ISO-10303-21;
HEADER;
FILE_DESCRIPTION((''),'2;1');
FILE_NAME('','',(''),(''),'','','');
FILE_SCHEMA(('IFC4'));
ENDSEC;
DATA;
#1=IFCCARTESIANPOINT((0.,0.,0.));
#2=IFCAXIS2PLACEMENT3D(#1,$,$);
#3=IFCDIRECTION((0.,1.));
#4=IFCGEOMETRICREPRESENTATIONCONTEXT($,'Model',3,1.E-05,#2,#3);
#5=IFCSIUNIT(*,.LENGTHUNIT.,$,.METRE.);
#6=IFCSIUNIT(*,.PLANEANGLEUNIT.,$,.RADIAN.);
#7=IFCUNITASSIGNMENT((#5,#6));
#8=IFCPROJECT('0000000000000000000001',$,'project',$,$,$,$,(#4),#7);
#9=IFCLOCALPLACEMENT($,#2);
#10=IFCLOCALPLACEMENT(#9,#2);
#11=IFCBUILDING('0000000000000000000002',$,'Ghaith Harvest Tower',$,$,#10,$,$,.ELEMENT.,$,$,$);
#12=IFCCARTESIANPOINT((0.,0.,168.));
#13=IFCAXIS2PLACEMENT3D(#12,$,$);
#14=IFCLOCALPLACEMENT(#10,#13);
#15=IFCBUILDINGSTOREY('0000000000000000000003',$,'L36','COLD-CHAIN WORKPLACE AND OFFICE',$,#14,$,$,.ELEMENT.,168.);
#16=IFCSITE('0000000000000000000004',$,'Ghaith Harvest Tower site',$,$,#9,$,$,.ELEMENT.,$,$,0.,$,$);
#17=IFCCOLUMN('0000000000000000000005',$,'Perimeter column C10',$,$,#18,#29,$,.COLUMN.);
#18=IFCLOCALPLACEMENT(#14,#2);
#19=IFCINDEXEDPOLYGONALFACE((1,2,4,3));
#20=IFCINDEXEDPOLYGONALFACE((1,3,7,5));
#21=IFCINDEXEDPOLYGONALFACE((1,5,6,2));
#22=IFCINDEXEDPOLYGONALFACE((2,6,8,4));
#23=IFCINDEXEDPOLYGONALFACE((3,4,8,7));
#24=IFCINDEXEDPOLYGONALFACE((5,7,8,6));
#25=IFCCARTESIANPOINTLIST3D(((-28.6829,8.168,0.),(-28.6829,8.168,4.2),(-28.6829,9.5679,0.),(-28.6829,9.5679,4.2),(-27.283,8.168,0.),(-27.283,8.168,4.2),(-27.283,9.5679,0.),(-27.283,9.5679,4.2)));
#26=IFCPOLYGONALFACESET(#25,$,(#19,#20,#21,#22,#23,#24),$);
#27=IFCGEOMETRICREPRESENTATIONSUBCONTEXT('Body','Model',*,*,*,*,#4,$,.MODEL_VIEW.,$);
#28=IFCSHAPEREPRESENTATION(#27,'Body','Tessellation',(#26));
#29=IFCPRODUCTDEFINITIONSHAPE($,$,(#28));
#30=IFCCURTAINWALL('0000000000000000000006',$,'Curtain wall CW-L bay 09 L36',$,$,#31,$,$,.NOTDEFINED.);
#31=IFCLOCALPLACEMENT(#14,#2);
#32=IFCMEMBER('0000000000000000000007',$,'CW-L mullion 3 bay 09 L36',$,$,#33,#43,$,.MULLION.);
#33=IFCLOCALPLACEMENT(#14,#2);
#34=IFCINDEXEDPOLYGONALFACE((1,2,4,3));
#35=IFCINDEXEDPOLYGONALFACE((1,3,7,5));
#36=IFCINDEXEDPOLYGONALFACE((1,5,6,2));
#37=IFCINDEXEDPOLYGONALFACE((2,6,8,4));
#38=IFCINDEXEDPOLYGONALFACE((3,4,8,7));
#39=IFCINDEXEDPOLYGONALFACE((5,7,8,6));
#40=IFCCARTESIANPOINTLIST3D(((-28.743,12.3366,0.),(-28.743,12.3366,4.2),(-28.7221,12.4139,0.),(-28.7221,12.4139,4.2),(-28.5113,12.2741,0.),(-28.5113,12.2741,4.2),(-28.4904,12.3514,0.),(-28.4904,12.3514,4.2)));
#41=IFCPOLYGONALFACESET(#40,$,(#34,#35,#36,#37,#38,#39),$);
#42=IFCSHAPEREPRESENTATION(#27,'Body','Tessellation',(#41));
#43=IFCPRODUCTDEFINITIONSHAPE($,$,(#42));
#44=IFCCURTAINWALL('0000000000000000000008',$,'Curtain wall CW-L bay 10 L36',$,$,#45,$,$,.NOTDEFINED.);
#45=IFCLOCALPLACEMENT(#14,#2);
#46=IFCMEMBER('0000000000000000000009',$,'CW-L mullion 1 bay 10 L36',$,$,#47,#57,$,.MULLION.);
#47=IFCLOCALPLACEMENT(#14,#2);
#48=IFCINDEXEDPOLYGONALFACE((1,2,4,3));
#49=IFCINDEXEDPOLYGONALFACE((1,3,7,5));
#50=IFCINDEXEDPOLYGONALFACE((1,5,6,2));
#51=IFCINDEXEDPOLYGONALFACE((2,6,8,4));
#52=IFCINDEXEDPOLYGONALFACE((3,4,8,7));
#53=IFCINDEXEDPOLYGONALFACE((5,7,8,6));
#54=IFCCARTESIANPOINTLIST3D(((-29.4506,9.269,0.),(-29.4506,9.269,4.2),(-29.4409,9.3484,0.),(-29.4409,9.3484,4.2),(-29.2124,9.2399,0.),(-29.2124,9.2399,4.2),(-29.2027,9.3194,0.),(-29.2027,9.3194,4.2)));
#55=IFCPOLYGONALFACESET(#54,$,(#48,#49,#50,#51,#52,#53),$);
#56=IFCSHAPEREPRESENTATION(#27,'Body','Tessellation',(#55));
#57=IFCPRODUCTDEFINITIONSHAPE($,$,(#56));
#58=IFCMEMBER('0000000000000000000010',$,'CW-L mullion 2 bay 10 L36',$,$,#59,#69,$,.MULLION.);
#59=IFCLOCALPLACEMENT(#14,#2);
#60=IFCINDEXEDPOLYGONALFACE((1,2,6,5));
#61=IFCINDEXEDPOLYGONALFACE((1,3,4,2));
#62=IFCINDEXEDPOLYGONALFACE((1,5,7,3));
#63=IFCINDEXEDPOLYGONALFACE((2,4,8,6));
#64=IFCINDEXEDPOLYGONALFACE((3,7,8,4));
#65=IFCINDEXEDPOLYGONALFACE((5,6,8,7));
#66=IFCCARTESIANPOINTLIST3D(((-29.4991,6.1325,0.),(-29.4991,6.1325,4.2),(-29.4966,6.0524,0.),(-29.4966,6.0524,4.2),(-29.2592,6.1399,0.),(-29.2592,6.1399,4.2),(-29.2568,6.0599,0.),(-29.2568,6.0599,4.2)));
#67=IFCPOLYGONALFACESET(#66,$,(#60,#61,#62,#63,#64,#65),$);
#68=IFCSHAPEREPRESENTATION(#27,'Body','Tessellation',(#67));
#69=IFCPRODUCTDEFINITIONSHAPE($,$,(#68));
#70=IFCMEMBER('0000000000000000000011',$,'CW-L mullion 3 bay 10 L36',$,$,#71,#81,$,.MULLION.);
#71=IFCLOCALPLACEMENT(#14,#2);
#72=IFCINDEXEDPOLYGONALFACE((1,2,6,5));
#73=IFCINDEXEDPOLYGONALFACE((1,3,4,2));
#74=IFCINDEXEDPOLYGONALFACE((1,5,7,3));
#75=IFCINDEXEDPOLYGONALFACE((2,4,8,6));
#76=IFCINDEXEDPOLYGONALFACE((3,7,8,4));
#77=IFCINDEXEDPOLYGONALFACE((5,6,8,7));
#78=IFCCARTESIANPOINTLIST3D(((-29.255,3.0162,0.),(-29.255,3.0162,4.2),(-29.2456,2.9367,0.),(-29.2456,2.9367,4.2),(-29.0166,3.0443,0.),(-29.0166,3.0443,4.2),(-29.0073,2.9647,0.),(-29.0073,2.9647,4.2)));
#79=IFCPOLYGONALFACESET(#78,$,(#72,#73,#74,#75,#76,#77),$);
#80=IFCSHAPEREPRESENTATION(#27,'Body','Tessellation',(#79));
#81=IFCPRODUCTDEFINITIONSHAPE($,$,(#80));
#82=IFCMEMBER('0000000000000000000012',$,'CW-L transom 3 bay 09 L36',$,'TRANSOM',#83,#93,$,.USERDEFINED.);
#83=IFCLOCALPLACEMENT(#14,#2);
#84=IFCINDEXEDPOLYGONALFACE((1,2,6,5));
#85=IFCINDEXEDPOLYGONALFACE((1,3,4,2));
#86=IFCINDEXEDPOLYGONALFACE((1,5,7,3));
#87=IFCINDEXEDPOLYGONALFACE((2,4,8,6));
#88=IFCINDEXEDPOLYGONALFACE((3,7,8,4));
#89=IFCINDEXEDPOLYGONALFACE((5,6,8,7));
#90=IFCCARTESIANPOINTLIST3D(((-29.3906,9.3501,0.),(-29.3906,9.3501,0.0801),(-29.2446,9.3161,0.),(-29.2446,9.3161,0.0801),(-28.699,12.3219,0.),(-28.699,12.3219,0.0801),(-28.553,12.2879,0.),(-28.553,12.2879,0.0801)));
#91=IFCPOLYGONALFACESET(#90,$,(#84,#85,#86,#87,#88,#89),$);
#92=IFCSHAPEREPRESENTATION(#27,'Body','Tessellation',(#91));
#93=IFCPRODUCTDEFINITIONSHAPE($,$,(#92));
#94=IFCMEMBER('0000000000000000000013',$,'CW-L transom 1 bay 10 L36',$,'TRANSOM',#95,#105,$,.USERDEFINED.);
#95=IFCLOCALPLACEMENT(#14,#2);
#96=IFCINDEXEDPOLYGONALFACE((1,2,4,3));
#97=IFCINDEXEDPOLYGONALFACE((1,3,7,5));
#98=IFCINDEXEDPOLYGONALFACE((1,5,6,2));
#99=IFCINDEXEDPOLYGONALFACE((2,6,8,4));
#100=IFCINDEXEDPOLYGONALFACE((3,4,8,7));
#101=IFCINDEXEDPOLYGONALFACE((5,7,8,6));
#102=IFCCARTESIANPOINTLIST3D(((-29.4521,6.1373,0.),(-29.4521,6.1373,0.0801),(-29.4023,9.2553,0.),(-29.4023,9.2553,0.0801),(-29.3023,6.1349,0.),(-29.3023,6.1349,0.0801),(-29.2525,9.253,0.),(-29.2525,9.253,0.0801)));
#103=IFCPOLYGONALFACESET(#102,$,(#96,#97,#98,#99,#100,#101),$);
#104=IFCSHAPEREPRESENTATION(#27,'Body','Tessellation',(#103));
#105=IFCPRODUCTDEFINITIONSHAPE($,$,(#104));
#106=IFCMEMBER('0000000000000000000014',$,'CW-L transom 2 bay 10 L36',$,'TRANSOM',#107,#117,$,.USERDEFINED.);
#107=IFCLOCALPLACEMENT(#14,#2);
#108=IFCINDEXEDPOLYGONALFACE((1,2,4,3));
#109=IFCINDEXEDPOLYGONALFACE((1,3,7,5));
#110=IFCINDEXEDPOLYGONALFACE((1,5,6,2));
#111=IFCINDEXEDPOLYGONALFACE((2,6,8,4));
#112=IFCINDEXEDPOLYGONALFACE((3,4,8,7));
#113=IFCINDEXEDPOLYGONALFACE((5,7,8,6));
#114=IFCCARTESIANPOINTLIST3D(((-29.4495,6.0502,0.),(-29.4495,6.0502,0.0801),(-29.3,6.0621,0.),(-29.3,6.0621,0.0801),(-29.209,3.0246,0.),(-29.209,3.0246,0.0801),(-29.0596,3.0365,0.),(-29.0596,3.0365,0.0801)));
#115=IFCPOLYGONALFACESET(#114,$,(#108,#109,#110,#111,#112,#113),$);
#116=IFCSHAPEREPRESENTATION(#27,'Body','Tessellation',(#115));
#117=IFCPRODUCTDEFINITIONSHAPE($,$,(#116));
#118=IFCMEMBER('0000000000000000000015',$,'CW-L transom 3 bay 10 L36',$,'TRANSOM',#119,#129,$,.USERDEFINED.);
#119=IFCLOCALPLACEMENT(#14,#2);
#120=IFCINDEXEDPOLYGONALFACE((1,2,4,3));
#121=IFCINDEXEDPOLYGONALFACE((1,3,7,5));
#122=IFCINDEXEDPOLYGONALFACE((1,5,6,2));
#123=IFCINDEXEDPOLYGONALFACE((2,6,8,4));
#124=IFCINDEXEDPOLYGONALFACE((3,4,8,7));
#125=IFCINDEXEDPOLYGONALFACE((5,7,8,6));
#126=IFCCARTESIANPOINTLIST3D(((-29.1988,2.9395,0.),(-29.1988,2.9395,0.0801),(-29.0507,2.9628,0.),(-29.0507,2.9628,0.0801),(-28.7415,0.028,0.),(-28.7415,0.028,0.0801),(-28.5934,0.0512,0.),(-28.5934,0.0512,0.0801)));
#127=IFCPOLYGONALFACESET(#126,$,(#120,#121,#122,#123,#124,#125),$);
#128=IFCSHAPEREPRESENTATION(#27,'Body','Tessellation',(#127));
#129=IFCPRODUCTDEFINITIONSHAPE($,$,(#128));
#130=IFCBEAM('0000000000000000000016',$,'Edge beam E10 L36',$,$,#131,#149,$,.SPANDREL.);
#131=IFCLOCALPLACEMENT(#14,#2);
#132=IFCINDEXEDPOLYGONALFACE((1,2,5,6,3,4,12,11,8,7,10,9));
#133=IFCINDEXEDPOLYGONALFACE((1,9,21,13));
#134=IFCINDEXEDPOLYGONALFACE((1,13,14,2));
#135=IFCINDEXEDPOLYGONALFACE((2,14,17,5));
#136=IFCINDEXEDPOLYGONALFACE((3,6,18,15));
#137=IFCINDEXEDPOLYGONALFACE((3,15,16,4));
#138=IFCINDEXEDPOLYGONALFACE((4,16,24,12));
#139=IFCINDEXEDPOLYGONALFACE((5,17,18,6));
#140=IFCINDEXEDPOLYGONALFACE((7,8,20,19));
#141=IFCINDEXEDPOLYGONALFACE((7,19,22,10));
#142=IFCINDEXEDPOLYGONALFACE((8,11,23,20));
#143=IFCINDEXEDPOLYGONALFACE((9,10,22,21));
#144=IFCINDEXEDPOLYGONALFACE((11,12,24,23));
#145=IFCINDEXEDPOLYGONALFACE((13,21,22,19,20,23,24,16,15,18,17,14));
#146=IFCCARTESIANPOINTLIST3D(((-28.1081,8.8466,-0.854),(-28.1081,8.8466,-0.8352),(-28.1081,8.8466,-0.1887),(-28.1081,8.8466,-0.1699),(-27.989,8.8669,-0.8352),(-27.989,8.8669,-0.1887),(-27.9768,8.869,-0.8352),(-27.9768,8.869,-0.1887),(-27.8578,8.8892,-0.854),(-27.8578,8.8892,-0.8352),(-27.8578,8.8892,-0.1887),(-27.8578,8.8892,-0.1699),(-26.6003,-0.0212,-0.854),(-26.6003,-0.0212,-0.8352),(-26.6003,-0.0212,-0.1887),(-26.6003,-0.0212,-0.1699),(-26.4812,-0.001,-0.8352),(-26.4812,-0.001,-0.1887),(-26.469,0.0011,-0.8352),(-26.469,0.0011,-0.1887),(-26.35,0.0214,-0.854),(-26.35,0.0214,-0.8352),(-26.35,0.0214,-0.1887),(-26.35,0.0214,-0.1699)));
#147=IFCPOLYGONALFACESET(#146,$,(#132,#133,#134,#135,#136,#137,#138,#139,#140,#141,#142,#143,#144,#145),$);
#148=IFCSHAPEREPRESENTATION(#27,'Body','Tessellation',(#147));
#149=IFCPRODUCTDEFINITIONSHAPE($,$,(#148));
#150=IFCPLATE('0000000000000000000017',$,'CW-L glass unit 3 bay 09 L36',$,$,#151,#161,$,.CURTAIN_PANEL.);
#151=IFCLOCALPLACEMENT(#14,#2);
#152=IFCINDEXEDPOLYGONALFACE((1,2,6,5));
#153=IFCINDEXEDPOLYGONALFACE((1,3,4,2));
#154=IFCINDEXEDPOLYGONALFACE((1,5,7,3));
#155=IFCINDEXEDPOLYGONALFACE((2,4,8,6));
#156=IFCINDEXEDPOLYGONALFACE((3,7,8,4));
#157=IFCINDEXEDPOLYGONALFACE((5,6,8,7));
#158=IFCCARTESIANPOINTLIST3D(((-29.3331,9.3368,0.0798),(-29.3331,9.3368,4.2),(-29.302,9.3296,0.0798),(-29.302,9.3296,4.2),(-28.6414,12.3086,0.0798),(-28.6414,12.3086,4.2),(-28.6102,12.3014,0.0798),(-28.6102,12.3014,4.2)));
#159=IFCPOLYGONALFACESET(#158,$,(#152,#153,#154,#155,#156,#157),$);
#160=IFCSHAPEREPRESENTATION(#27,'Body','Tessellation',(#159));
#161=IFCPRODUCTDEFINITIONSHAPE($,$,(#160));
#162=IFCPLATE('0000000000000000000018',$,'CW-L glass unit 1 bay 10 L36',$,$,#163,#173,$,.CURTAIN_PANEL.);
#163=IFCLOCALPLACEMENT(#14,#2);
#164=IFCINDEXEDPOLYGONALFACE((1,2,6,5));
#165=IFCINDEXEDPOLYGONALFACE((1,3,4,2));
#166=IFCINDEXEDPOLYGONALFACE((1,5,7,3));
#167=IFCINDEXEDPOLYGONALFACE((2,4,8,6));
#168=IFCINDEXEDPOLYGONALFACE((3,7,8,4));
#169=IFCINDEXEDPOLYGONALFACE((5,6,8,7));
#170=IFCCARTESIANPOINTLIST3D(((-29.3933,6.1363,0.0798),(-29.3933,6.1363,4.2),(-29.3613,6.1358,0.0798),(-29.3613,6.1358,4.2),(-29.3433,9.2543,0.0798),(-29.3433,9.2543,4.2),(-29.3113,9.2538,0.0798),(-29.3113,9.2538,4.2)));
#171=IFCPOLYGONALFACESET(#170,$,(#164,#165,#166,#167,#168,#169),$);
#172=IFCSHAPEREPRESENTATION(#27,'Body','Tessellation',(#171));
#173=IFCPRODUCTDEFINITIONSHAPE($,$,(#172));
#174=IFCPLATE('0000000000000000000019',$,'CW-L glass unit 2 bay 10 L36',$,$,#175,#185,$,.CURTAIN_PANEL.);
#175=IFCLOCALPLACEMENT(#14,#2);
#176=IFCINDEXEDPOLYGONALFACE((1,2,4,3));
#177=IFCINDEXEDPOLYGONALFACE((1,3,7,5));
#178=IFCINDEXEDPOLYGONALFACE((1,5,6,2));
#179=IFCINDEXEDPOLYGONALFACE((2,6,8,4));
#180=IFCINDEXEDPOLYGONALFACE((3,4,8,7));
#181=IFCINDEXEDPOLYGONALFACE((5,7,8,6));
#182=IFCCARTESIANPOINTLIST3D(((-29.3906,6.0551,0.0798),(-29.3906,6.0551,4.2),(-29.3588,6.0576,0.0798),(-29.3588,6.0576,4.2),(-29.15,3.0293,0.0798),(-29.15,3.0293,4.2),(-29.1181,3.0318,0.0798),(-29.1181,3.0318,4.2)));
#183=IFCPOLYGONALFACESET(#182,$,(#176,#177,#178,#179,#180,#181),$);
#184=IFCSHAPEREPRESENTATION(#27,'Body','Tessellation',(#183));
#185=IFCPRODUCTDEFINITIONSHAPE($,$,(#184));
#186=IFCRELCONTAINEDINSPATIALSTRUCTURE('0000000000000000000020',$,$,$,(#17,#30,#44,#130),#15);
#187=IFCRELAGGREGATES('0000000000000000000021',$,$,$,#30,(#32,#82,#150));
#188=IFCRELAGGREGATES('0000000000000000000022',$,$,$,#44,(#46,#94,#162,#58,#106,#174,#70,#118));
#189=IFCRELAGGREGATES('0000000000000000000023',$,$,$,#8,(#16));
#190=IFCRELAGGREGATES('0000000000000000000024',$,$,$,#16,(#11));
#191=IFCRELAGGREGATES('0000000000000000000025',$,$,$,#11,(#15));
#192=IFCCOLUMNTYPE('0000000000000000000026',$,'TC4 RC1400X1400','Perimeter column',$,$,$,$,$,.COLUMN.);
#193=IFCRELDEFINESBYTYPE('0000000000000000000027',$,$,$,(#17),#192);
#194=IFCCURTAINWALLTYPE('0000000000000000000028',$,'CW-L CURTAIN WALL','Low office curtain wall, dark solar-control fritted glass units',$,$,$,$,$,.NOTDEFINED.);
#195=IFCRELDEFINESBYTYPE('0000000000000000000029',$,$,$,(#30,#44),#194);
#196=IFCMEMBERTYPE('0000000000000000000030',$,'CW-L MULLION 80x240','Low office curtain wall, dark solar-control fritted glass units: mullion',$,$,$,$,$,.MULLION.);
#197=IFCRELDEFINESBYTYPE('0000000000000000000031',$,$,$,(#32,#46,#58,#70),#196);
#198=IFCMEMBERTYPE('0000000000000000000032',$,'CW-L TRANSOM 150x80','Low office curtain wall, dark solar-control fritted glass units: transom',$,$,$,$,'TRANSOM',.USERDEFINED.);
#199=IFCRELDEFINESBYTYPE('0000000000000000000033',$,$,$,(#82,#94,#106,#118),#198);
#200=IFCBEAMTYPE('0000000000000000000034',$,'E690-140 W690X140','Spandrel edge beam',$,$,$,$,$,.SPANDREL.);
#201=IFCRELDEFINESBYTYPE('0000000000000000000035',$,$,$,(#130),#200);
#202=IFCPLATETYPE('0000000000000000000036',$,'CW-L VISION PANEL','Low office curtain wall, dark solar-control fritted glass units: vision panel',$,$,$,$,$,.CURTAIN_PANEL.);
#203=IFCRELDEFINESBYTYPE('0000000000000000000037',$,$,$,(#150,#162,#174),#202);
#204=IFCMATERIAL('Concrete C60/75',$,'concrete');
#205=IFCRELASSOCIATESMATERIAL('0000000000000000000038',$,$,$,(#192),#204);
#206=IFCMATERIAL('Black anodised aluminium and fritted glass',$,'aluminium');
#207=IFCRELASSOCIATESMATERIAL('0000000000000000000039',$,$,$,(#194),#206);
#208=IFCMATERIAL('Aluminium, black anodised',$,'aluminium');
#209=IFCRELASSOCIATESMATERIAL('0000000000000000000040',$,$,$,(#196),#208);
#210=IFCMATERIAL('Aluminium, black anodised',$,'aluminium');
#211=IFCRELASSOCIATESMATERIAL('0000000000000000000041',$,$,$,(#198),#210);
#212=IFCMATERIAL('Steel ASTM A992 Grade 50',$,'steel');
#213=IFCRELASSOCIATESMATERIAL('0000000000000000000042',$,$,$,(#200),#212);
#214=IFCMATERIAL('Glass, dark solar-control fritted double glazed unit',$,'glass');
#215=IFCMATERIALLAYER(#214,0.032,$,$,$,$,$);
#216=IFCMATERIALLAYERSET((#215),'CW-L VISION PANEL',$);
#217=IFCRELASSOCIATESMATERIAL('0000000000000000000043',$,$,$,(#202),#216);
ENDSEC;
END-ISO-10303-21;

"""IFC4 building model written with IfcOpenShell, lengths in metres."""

from ifc_helpers import new_model, si_unit, direction, frame, origin, origin_2d, place, context, subcontext, project, spatial, rectangle, i_section, extrude, material, layer, layer_set, material_profile, profile_set, type_object, element, aggregate, save


model = new_model("IFC4")

# Units and contexts
model_context = context("Model", 3, precision=1e-05, world=origin(), true_north=direction((0.0, 1.0)))
body_context = subcontext(model_context, "Body", "Model", "MODEL_VIEW")
ifc_project = project(units=[si_unit("LENGTHUNIT", "METRE"), si_unit("PLANEANGLEUNIT", "RADIAN")], contexts=[model_context])

# Site, building, storey
site_placement = place(None, origin())
site = spatial("IfcSite", under=ifc_project, at=site_placement, Name="Ghaith Harvest Tower site", CompositionType="ELEMENT", RefElevation=0.0)
building_placement = place(site_placement, origin())
building = spatial("IfcBuilding", under=site, at=building_placement, Name="Ghaith Harvest Tower", CompositionType="ELEMENT")
storey_placement = place(building_placement, frame((0.0, 0.0, 168.0)))
storey = spatial("IfcBuildingStorey", under=building, at=storey_placement, Name="L36", Description="COLD-CHAIN WORKPLACE AND OFFICE", CompositionType="ELEMENT", Elevation=168.0)

# Column
ifc_material_1 = material(Name="Concrete C60/75", Category="concrete")
ifc_material_profile_1 = material_profile(ifc_material_1, rectangle(XDim=1.3999, YDim=1.3999, at=origin_2d()), Name="RC1400X1400")
ifc_profile_set_1 = profile_set([ifc_material_profile_1], Name="Concrete C60/75")
column_type = type_object("IfcColumnType", Name="TC4 RC1400X1400", Description="Perimeter column", PredefinedType="COLUMN", material=ifc_profile_set_1)
column_placement = place(storey_placement, frame((-27.9829, 8.8679, 0.0), z_axis=(0.0, 0.0, 1.0), x_axis=(1.0, 0.0, 0.0)))
element("IfcColumn", 1, at=column_placement, inside=storey, type_object=column_type, Name="Perimeter column C10", PredefinedType="COLUMN", context=body_context, shape_type="SweptSolid", body=[
    extrude(rectangle(XDim=1.3999, YDim=1.3999, at=origin_2d()), origin(), (0.0, 0.0, 1.0), 4.2),
])

# Curtain wall, member
ifc_material_2 = material(Name="Black anodised aluminium and fritted glass", Category="aluminium")
curtain_wall_type = type_object("IfcCurtainWallType", Name="CW-L CURTAIN WALL", Description="Low office curtain wall, dark solar-control fritted glass units", PredefinedType="NOTDEFINED", material=ifc_material_2)
curtain_wall_1_placement = place(storey_placement, origin())
curtain_wall_1 = element("IfcCurtainWall", 2, at=curtain_wall_1_placement, inside=storey, type_object=curtain_wall_type, Name="Curtain wall CW-L bay 09 L36", PredefinedType="NOTDEFINED")
ifc_material_3 = material(Name="Aluminium, black anodised", Category="aluminium")
ifc_material_profile_2 = material_profile(ifc_material_3, rectangle(XDim=0.0801, YDim=0.24, at=origin_2d()), Name="CW-L MULLION 80x240")
ifc_profile_set_2 = profile_set([ifc_material_profile_2], Name="Aluminium, black anodised")
member_type_1 = type_object("IfcMemberType", Name="CW-L MULLION 80x240", Description="Low office curtain wall, dark solar-control fritted glass units: mullion", PredefinedType="MULLION", material=ifc_profile_set_2)
member_1_placement = place(storey_placement, frame((-28.6167, 12.344, 0.0), z_axis=(0.0, 0.0, 1.0), x_axis=(-0.260727, -0.965412, 0.0)))
member_1 = element("IfcMember", 3, at=member_1_placement, type_object=member_type_1, Name="CW-L mullion 3 bay 09 L36", PredefinedType="MULLION", context=body_context, shape_type="SweptSolid", body=[
    extrude(rectangle(XDim=0.0801, YDim=0.24, at=origin_2d()), origin(), (0.0, 0.0, 1.0), 4.2),
])

# Curtain wall, members
curtain_wall_2_placement = place(storey_placement, origin())
curtain_wall_2 = element("IfcCurtainWall", 4, at=curtain_wall_2_placement, inside=storey, type_object=curtain_wall_type, Name="Curtain wall CW-L bay 10 L36", PredefinedType="NOTDEFINED")
member_2_placement = place(storey_placement, frame((-29.3267, 9.2942, 0.0), z_axis=(0.0, 0.0, 1.0), x_axis=(-0.120932, -0.992661, 0.0)))
member_2 = element("IfcMember", 5, at=member_2_placement, type_object=member_type_1, Name="CW-L mullion 1 bay 10 L36", PredefinedType="MULLION", context=body_context, shape_type="SweptSolid", body=[
    extrude(rectangle(XDim=0.0801, YDim=0.24, at=origin_2d()), origin(), (0.0, 0.0, 1.0), 4.2),
])
member_3_placement = place(storey_placement, frame((-29.3779, 6.0962, 0.0), z_axis=(0.0, 0.0, 1.0), x_axis=(0.031028, -0.999519, 0.0)))
member_3 = element("IfcMember", 6, at=member_3_placement, type_object=member_type_1, Name="CW-L mullion 2 bay 10 L36", PredefinedType="MULLION", context=body_context, shape_type="SweptSolid", body=[
    extrude(rectangle(XDim=0.0801, YDim=0.24, at=origin_2d()), origin(), (0.0, 0.0, 1.0), 4.2),
])
member_4_placement = place(storey_placement, frame((-29.1311, 2.9905, 0.0), z_axis=(0.0, 0.0, 1.0), x_axis=(0.116764, -0.99316, 0.0)))
member_4 = element("IfcMember", 7, at=member_4_placement, type_object=member_type_1, Name="CW-L mullion 3 bay 10 L36", PredefinedType="MULLION", context=body_context, shape_type="SweptSolid", body=[
    extrude(rectangle(XDim=0.0801, YDim=0.24, at=origin_2d()), origin(), (0.0, 0.0, 1.0), 4.2),
])

# Members
ifc_material_4 = material(Name="Aluminium, black anodised", Category="aluminium")
ifc_material_profile_3 = material_profile(ifc_material_4, rectangle(XDim=0.1499, YDim=0.0801, at=origin_2d()), Name="CW-L TRANSOM 150x80")
ifc_profile_set_3 = profile_set([ifc_material_profile_3], Name="Aluminium, black anodised")
member_type_2 = type_object("IfcMemberType", Name="CW-L TRANSOM 150x80", Description="Low office curtain wall, dark solar-control fritted glass units: transom", ElementType="TRANSOM", PredefinedType="USERDEFINED", material=ifc_profile_set_3)
member_5_placement = place(storey_placement, frame((-28.626, 12.3049, 0.04), z_axis=(-0.226671, -0.973971, 0.0), x_axis=(0.973971, -0.226671, 0.0)))
member_5 = element("IfcMember", 8, at=member_5_placement, type_object=member_type_2, Name="CW-L transom 3 bay 09 L36", ObjectType="TRANSOM", PredefinedType="USERDEFINED", context=body_context, shape_type="SweptSolid", body=[
    extrude(rectangle(XDim=0.1499, YDim=0.0801, at=origin_2d()), origin(), (0.0, 0.0, 1.0), 3.0513),
])
member_6_placement = place(storey_placement, frame((-29.3274, 9.2542, 0.04), z_axis=(-0.015972, -0.999872, 0.0), x_axis=(0.999872, -0.015972, 0.0)))
member_6 = element("IfcMember", 9, at=member_6_placement, type_object=member_type_2, Name="CW-L transom 1 bay 10 L36", ObjectType="TRANSOM", PredefinedType="USERDEFINED", context=body_context, shape_type="SweptSolid", body=[
    extrude(rectangle(XDim=0.1499, YDim=0.0801, at=origin_2d()), origin(), (0.0, 0.0, 1.0), 3.1184),
])
member_7_placement = place(storey_placement, frame((-29.3748, 6.0562, 0.04), z_axis=(0.07923, -0.996856, 0.0), x_axis=(0.996856, 0.07923, 0.0)))
member_7 = element("IfcMember", 10, at=member_7_placement, type_object=member_type_2, Name="CW-L transom 2 bay 10 L36", ObjectType="TRANSOM", PredefinedType="USERDEFINED", context=body_context, shape_type="SweptSolid", body=[
    extrude(rectangle(XDim=0.1499, YDim=0.0801, at=origin_2d()), origin(), (0.0, 0.0, 1.0), 3.0352),
])
member_8_placement = place(storey_placement, frame((-29.1248, 2.9512, 0.04), z_axis=(0.15515, -0.987891, 0.0), x_axis=(0.987891, 0.15515, 0.0)))
member_8 = element("IfcMember", 11, at=member_8_placement, type_object=member_type_2, Name="CW-L transom 3 bay 10 L36", ObjectType="TRANSOM", PredefinedType="USERDEFINED", context=body_context, shape_type="SweptSolid", body=[
    extrude(rectangle(XDim=0.1499, YDim=0.0801, at=origin_2d()), origin(), (0.0, 0.0, 1.0), 2.9473),
])

# Beam
ifc_material_5 = material(Name="Steel ASTM A992 Grade 50", Category="steel")
ifc_material_profile_4 = material_profile(ifc_material_5, i_section(OverallWidth=0.2539, OverallDepth=0.6841, WebThickness=0.0125, FlangeThickness=0.0188, at=origin_2d()), Name="W690X140")
ifc_profile_set_4 = profile_set([ifc_material_profile_4], Name="Steel ASTM A992 Grade 50")
beam_type = type_object("IfcBeamType", Name="E690-140 W690X140", Description="Spandrel edge beam", PredefinedType="SPANDREL", material=ifc_profile_set_4)
beam_placement = place(storey_placement, frame((-27.9829, 8.8679, -0.512), z_axis=(0.167624, -0.985851, 0.0), x_axis=(0.985851, 0.167624, 0.0)))
element("IfcBeam", 12, at=beam_placement, inside=storey, type_object=beam_type, Name="Edge beam E10 L36", PredefinedType="SPANDREL", context=body_context, shape_type="SweptSolid", body=[
    extrude(i_section(OverallWidth=0.2539, OverallDepth=0.6841, WebThickness=0.0125, FlangeThickness=0.0188, at=origin_2d()), origin(), (0.0, 0.0, 1.0), 8.9951),
])

# Plates
ifc_material_6 = material(Name="Glass, dark solar-control fritted double glazed unit", Category="glass")
ifc_layer_1 = layer(ifc_material_6, 0.032)
ifc_layer_set_1 = layer_set([ifc_layer_1], Name="CW-L VISION PANEL")
plate_type_1 = type_object("IfcPlateType", Name="CW-L VISION PANEL", Description="Low office curtain wall, dark solar-control fritted glass units: vision panel", PredefinedType="CURTAIN_PANEL", material=ifc_layer_set_1)
plate_1_placement = place(storey_placement, frame((-28.9717, 10.8191, 0.0798), z_axis=(0.0, 0.0, 1.0), x_axis=(-0.226699, -0.973965, 0.0)))
plate_1 = element("IfcPlate", 13, at=plate_1_placement, type_object=plate_type_1, Name="CW-L glass unit 3 bay 09 L36", PredefinedType="CURTAIN_PANEL", context=body_context, shape_type="SweptSolid", body=[
    extrude(rectangle(XDim=3.0513, YDim=0.032, at=origin_2d()), origin(), (0.0, 0.0, 1.0), 4.1201),
])
aggregate(curtain_wall_1, [member_1, member_5, plate_1])
plate_2_placement = place(storey_placement, frame((-29.3523, 7.6951, 0.0798), z_axis=(0.0, 0.0, 1.0), x_axis=(-0.016034, -0.999871, 0.0)))
plate_2 = element("IfcPlate", 14, at=plate_2_placement, type_object=plate_type_1, Name="CW-L glass unit 1 bay 10 L36", PredefinedType="CURTAIN_PANEL", context=body_context, shape_type="SweptSolid", body=[
    extrude(rectangle(XDim=3.1184, YDim=0.032, at=origin_2d()), origin(), (0.0, 0.0, 1.0), 4.1201),
])
plate_3_placement = place(storey_placement, frame((-29.2544, 4.5435, 0.0798), z_axis=(0.0, 0.0, 1.0), x_axis=(0.079273, -0.996853, 0.0)))
plate_3 = element("IfcPlate", 15, at=plate_3_placement, type_object=plate_type_1, Name="CW-L glass unit 2 bay 10 L36", PredefinedType="CURTAIN_PANEL", context=body_context, shape_type="SweptSolid", body=[
    extrude(rectangle(XDim=3.0354, YDim=0.032, at=origin_2d()), origin(), (0.0, 0.0, 1.0), 4.1201),
])
aggregate(curtain_wall_2, [member_2, member_6, plate_2, member_3, member_7, plate_3, member_4, member_8])

save(model, "model.ifc")
